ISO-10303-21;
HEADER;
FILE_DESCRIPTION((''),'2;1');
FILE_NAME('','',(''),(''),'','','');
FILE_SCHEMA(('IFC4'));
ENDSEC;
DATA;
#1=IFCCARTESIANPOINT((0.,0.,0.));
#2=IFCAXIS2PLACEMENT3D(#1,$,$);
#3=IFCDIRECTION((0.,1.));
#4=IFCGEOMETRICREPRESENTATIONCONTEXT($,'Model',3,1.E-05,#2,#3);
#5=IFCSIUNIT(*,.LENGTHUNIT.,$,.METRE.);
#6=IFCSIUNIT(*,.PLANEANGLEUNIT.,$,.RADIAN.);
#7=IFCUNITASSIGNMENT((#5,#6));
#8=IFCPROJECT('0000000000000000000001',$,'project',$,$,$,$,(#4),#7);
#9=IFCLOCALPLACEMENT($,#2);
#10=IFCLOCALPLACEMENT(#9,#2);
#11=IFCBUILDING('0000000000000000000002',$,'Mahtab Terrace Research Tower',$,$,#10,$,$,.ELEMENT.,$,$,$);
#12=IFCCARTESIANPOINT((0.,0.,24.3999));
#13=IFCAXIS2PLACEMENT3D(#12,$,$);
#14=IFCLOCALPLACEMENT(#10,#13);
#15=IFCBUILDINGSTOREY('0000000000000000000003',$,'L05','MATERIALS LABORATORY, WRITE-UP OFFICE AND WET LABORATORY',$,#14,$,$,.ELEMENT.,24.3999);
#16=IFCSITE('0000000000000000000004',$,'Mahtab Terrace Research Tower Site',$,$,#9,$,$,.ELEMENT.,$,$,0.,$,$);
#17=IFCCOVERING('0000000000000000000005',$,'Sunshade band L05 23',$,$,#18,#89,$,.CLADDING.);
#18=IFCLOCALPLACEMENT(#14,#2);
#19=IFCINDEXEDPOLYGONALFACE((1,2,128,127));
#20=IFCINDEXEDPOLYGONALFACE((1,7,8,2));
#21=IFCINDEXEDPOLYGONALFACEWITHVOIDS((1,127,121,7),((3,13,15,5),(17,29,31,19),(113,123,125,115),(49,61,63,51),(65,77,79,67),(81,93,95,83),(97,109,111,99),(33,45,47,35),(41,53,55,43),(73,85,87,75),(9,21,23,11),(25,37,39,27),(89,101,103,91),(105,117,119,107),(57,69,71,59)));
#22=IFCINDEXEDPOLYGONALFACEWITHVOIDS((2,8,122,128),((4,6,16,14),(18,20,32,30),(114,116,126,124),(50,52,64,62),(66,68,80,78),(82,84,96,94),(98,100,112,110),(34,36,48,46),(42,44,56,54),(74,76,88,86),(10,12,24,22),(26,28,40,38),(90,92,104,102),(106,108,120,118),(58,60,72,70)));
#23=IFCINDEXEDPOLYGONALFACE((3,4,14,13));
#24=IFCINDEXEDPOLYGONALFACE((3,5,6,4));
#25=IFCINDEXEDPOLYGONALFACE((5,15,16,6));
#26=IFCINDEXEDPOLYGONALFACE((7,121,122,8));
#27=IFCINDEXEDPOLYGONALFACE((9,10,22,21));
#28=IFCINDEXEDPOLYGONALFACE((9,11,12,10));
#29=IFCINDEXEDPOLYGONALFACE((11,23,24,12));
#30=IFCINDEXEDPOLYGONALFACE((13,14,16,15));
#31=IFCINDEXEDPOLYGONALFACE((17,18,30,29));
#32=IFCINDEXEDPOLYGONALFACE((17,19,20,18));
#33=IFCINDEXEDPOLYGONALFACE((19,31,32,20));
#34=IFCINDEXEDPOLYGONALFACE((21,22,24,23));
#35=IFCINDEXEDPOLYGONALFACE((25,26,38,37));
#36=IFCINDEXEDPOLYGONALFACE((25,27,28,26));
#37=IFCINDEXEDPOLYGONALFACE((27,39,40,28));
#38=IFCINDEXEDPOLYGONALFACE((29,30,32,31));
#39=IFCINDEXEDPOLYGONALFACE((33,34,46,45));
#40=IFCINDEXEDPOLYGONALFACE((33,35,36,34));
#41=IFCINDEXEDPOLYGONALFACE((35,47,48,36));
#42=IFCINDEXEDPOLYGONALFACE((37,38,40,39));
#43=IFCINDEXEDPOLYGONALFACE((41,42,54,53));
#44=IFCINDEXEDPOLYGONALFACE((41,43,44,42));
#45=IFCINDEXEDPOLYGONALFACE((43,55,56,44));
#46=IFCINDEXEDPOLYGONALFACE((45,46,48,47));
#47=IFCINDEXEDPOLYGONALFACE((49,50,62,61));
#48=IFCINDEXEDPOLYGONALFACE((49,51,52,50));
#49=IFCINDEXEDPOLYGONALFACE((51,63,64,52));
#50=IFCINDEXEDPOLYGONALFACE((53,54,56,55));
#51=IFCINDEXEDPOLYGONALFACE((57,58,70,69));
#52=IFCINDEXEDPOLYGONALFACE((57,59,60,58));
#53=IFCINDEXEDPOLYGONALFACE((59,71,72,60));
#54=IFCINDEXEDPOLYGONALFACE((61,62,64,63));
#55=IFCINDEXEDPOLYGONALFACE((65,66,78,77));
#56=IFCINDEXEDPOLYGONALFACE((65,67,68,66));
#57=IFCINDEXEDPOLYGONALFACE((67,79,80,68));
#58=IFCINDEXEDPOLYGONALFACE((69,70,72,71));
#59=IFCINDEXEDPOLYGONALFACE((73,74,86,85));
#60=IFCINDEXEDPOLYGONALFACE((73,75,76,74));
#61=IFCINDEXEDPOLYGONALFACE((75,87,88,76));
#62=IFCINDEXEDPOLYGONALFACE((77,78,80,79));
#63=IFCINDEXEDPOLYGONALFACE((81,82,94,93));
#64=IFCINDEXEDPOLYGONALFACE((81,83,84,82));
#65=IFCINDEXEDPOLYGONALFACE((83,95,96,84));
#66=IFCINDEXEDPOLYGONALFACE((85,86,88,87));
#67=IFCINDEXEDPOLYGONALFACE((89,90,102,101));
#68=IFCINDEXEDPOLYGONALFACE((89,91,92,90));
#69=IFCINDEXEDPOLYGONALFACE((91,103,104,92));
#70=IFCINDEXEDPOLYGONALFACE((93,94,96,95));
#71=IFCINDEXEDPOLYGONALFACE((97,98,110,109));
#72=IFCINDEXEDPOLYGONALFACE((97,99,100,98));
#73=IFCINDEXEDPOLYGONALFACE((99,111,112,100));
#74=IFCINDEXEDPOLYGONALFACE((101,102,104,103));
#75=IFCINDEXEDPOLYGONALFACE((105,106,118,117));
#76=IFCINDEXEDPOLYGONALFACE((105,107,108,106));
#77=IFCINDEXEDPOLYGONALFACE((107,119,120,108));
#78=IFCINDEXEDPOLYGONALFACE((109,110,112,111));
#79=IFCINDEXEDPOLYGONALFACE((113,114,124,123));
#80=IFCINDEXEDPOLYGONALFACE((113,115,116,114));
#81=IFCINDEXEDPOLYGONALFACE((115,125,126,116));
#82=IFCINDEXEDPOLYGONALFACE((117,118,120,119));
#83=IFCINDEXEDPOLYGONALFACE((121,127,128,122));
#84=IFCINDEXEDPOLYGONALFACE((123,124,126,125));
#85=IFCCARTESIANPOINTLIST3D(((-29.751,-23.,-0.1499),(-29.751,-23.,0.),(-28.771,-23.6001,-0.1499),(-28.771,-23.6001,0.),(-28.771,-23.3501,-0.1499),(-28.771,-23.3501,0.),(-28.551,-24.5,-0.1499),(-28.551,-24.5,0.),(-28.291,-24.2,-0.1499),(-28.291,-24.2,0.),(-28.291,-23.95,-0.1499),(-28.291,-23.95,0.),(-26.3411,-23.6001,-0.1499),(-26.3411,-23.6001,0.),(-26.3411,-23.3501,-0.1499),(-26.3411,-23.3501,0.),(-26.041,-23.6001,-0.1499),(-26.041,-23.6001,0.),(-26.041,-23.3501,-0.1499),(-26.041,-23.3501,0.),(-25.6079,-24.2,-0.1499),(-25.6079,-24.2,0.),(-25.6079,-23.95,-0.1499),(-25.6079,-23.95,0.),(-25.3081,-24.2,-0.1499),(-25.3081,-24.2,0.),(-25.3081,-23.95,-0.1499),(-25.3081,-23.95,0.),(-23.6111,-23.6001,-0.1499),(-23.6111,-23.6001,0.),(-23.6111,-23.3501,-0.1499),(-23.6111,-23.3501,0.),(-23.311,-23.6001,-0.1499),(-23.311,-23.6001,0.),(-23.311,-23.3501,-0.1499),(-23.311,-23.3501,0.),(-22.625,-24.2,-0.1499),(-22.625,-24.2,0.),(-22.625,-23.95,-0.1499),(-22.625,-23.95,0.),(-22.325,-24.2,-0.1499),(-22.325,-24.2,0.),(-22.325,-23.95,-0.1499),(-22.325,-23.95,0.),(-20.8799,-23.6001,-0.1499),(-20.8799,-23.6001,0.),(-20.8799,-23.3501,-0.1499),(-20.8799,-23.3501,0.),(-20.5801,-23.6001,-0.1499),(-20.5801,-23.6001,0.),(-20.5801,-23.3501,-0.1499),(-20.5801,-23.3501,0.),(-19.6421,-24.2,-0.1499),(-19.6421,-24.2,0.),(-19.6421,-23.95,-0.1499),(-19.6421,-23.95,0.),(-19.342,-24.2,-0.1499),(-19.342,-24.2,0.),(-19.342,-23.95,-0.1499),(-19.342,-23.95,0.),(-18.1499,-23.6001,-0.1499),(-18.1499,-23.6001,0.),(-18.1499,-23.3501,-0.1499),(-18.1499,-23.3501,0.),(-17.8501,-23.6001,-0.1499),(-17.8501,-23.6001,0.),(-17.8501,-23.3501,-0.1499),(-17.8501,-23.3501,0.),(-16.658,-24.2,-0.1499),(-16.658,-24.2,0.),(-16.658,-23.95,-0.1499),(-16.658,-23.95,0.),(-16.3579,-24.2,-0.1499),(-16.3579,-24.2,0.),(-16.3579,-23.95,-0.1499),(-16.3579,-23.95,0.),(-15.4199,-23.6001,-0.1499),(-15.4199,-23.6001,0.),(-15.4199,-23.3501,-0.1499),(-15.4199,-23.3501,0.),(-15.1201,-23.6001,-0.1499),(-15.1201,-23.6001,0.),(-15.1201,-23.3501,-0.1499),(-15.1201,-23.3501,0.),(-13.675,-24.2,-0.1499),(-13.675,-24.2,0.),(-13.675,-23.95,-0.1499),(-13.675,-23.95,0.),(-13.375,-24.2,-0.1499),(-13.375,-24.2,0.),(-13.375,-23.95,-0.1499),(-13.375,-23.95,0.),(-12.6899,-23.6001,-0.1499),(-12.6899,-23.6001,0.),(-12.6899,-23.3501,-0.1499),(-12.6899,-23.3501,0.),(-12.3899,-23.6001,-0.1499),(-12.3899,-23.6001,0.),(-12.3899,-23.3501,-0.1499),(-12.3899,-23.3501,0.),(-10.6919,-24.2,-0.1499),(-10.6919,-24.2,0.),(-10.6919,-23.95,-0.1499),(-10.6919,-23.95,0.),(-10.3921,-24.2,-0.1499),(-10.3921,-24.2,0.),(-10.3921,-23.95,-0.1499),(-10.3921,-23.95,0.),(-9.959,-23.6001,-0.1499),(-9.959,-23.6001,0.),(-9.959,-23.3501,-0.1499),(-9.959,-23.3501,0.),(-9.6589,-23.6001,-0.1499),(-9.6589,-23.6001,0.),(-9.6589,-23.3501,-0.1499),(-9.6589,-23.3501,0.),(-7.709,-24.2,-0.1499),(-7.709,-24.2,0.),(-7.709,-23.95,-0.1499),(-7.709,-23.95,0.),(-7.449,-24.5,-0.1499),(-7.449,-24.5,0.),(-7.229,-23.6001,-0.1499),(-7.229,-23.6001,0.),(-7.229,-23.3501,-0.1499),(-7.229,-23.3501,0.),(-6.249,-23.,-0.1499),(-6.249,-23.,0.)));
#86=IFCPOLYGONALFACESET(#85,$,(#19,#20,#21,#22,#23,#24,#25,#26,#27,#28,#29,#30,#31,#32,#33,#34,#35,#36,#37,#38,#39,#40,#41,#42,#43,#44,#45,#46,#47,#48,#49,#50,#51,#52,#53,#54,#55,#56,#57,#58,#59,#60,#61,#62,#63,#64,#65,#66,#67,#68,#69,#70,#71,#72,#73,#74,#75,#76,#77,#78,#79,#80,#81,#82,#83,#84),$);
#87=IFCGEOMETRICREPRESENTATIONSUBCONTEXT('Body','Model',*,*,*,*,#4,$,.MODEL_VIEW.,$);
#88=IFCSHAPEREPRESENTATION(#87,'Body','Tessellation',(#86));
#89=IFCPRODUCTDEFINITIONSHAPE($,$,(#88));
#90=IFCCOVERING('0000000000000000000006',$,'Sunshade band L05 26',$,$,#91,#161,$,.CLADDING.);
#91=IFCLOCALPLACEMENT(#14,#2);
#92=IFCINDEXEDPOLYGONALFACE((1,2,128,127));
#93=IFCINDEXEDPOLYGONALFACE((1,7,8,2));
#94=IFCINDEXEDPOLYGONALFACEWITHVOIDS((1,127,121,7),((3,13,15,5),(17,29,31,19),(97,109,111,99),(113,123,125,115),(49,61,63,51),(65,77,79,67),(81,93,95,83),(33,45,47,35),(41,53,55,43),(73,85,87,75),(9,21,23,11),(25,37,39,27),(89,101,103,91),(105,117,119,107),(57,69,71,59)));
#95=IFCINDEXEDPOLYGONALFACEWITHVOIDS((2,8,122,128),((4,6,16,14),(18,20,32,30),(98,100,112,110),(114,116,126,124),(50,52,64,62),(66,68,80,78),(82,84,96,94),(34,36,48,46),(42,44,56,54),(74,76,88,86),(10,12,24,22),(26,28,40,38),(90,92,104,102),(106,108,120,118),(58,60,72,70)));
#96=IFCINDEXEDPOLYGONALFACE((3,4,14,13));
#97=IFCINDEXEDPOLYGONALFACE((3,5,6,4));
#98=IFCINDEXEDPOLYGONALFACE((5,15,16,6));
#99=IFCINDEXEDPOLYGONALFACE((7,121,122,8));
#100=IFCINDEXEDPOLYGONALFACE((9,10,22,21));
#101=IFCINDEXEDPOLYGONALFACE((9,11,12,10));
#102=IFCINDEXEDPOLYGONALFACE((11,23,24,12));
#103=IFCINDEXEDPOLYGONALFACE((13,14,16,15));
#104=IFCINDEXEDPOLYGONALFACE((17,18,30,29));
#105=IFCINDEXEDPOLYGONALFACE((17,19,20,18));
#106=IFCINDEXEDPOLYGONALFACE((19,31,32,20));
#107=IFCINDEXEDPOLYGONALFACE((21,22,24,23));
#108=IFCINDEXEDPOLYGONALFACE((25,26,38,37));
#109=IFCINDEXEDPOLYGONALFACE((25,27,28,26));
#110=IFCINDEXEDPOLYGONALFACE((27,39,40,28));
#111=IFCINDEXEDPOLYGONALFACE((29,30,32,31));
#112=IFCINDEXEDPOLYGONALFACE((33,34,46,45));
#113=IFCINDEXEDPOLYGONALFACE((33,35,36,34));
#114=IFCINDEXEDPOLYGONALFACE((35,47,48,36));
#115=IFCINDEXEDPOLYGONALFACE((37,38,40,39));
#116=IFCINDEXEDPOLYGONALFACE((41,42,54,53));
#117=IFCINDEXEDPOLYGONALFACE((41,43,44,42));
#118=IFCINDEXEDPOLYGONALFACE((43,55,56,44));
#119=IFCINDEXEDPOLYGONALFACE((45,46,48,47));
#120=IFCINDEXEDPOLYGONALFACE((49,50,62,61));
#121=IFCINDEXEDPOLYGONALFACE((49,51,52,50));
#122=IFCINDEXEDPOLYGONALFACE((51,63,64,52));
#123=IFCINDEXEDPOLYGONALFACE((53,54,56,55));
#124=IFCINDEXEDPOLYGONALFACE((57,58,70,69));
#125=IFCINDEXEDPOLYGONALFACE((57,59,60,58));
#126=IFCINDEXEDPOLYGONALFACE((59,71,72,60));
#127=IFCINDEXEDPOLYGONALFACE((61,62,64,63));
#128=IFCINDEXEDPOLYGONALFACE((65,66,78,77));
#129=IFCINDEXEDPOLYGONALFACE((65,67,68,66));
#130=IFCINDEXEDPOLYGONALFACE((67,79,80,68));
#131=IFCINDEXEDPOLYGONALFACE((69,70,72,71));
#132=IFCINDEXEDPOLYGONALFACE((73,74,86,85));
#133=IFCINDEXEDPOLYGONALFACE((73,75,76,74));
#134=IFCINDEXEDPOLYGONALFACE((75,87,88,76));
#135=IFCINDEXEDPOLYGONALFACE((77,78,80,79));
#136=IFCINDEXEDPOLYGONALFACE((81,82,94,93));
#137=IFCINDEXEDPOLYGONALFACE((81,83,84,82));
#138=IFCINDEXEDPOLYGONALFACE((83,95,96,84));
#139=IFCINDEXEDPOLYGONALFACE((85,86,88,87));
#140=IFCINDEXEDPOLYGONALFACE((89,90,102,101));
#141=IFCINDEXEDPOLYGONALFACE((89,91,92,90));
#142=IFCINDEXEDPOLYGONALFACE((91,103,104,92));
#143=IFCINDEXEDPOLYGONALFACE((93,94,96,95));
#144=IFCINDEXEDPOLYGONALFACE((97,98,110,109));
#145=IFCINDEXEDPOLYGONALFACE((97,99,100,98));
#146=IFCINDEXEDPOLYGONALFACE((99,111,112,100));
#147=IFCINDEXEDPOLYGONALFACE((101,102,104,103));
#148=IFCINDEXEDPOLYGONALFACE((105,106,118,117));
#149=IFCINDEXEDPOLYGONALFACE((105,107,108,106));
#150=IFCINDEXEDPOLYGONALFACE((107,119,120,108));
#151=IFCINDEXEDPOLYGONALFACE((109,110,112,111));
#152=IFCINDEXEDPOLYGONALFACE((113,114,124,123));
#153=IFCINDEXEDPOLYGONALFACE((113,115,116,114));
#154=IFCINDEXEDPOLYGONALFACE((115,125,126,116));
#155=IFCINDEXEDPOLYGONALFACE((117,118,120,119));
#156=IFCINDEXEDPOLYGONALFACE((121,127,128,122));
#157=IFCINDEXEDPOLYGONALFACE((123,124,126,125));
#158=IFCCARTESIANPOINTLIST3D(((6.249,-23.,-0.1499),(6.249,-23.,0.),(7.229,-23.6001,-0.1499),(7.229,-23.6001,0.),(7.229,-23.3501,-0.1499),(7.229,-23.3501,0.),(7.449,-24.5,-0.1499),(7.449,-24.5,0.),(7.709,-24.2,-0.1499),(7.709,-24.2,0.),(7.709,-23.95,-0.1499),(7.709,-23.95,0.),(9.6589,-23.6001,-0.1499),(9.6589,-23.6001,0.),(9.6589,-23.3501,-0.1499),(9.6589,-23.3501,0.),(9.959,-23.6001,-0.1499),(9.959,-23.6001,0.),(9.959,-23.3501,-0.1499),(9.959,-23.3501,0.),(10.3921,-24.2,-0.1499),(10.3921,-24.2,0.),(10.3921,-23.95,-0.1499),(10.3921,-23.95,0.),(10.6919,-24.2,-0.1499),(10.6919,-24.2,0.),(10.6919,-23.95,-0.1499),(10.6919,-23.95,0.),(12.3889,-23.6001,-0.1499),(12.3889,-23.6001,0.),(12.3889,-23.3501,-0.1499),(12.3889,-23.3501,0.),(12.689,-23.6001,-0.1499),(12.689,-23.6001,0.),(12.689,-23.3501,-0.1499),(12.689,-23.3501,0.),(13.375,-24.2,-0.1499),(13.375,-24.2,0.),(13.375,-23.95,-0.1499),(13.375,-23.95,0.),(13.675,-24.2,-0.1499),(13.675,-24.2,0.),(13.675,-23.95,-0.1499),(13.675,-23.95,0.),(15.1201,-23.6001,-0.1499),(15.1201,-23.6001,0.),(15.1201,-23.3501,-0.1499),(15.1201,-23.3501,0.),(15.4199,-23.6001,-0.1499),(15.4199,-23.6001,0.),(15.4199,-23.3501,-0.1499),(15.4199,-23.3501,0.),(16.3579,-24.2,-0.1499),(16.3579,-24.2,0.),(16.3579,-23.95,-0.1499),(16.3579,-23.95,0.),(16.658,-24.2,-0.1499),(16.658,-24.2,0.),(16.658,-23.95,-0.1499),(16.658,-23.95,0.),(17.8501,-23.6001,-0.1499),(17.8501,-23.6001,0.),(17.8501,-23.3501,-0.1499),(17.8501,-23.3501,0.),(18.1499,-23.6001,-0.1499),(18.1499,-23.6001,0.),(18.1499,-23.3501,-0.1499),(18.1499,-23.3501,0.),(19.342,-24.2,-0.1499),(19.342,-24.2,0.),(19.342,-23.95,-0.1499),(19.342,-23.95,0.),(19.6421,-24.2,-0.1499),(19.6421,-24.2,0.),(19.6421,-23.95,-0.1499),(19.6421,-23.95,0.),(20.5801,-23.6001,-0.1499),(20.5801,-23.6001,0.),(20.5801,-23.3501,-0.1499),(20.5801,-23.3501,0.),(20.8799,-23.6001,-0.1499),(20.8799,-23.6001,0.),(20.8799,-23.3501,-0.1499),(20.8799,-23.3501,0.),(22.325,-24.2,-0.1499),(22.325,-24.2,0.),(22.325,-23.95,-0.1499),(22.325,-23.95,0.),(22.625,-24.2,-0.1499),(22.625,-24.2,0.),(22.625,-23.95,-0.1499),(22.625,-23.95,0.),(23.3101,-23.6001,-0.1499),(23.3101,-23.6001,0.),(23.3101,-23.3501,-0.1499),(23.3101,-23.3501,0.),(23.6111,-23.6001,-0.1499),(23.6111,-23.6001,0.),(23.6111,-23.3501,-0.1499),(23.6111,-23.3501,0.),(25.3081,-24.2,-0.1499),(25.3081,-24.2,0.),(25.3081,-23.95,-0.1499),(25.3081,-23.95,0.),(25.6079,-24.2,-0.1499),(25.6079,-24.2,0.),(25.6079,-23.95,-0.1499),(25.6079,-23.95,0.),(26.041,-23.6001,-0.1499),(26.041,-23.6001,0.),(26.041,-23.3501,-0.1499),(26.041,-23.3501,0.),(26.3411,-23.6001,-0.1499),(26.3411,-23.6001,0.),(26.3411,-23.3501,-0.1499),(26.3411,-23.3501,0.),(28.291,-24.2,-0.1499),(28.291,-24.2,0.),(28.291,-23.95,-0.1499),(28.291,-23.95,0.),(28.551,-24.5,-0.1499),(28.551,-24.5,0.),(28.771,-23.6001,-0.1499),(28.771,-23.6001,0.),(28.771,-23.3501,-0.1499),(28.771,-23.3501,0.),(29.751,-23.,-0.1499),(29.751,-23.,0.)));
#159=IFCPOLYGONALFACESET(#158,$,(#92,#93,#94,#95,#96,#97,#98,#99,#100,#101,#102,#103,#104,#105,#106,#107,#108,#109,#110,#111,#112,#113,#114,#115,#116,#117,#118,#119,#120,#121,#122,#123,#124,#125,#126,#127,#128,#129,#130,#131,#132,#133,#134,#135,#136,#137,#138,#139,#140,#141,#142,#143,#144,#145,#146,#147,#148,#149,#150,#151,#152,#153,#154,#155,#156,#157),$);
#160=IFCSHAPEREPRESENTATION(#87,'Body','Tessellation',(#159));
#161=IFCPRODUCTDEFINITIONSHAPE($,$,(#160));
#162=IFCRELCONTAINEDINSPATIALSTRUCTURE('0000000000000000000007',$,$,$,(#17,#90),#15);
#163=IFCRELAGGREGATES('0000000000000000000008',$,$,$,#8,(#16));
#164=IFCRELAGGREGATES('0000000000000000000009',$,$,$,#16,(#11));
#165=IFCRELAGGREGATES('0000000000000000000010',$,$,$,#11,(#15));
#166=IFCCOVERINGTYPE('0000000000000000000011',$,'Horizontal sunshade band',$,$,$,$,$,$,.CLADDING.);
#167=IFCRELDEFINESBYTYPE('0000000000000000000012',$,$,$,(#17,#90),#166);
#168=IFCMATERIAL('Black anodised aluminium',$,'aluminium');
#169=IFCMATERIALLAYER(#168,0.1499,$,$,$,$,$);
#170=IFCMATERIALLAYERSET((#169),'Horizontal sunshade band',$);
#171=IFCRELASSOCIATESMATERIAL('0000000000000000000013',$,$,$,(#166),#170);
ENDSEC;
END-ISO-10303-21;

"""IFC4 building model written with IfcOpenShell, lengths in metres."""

from ifc_helpers import new_model, si_unit, direction, frame, origin, place, context, subcontext, project, spatial, polyline, outline, extrude, material, layer, layer_set, type_object, element, save


model = new_model("IFC4")

# Units and contexts
model_context = context("Model", 3, precision=1e-05, world=origin(), true_north=direction((0.0, 1.0)))
body_context = subcontext(model_context, "Body", "Model", "MODEL_VIEW")
ifc_project = project(units=[si_unit("LENGTHUNIT", "METRE"), si_unit("PLANEANGLEUNIT", "RADIAN")], contexts=[model_context])

# Site, building, storey
site_placement = place(None, origin())
site = spatial("IfcSite", under=ifc_project, at=site_placement, Name="Mahtab Terrace Research Tower Site", CompositionType="ELEMENT", RefElevation=0.0)
building_placement = place(site_placement, origin())
building = spatial("IfcBuilding", under=site, at=building_placement, Name="Mahtab Terrace Research Tower", CompositionType="ELEMENT")
storey_placement = place(building_placement, frame((0.0, 0.0, 24.3999)))
storey = spatial("IfcBuildingStorey", under=building, at=storey_placement, Name="L05", Description="MATERIALS LABORATORY, WRITE-UP OFFICE AND WET LABORATORY", CompositionType="ELEMENT", Elevation=24.3999)

# Coverings
ifc_material_1 = material(Name="Black anodised aluminium", Category="aluminium")
ifc_layer_1 = layer(ifc_material_1, 0.1499)
ifc_layer_set_1 = layer_set([ifc_layer_1], Name="Horizontal sunshade band")
covering_type = type_object("IfcCoveringType", Name="Horizontal sunshade band", PredefinedType="CLADDING", material=ifc_layer_set_1)
covering_1_placement = place(storey_placement, frame((0.0, 0.0, -0.1499)))
element("IfcCovering", 1, at=covering_1_placement, inside=storey, type_object=covering_type, Name="Sunshade band L05 23", PredefinedType="CLADDING", context=body_context, shape_type="SweptSolid", body=[
    extrude(outline(polyline([(-29.751, -23.0), (-6.249, -23.0), (-7.449, -24.5), (-28.551, -24.5), (-29.751, -23.0)]), holes=[polyline([(-28.771, -23.3501), (-26.3411, -23.3501), (-26.3411, -23.6001), (-28.771, -23.6001), (-28.771, -23.3501)]), polyline([(-26.041, -23.3501), (-23.6111, -23.3501), (-23.6111, -23.6001), (-26.041, -23.6001), (-26.041, -23.3501)]), polyline([(-23.311, -23.3501), (-20.8799, -23.3501), (-20.8799, -23.6001), (-23.311, -23.6001), (-23.311, -23.3501)]), polyline([(-20.5801, -23.3501), (-18.1499, -23.3501), (-18.1499, -23.6001), (-20.5801, -23.6001), (-20.5801, -23.3501)]), polyline([(-17.8501, -23.3501), (-15.4199, -23.3501), (-15.4199, -23.6001), (-17.8501, -23.6001), (-17.8501, -23.3501)]), polyline([(-15.1201, -23.3501), (-12.6899, -23.3501), (-12.6899, -23.6001), (-15.1201, -23.6001), (-15.1201, -23.3501)]), polyline([(-12.3899, -23.3501), (-9.959, -23.3501), (-9.959, -23.6001), (-12.3899, -23.6001), (-12.3899, -23.3501)]), polyline([(-9.6589, -23.3501), (-7.229, -23.3501), (-7.229, -23.6001), (-9.6589, -23.6001), (-9.6589, -23.3501)]), polyline([(-28.291, -23.95), (-25.6079, -23.95), (-25.6079, -24.2), (-28.291, -24.2), (-28.291, -23.95)]), polyline([(-25.3081, -23.95), (-22.625, -23.95), (-22.625, -24.2), (-25.3081, -24.2), (-25.3081, -23.95)]), polyline([(-22.325, -23.95), (-19.6421, -23.95), (-19.6421, -24.2), (-22.325, -24.2), (-22.325, -23.95)]), polyline([(-19.342, -23.95), (-16.658, -23.95), (-16.658, -24.2), (-19.342, -24.2), (-19.342, -23.95)]), polyline([(-16.3579, -23.95), (-13.675, -23.95), (-13.675, -24.2), (-16.3579, -24.2), (-16.3579, -23.95)]), polyline([(-13.375, -23.95), (-10.6919, -23.95), (-10.6919, -24.2), (-13.375, -24.2), (-13.375, -23.95)]), polyline([(-10.3921, -23.95), (-7.709, -23.95), (-7.709, -24.2), (-10.3921, -24.2), (-10.3921, -23.95)])]), origin(), (0.0, 0.0, 1.0), 0.1499),
])
covering_2_placement = place(storey_placement, frame((0.0, 0.0, -0.1499)))
element("IfcCovering", 2, at=covering_2_placement, inside=storey, type_object=covering_type, Name="Sunshade band L05 26", PredefinedType="CLADDING", context=body_context, shape_type="SweptSolid", body=[
    extrude(outline(polyline([(6.249, -23.0), (29.751, -23.0), (28.551, -24.5), (7.449, -24.5), (6.249, -23.0)]), holes=[polyline([(7.229, -23.3501), (9.6589, -23.3501), (9.6589, -23.6001), (7.229, -23.6001), (7.229, -23.3501)]), polyline([(9.959, -23.3501), (12.3889, -23.3501), (12.3889, -23.6001), (9.959, -23.6001), (9.959, -23.3501)]), polyline([(12.689, -23.3501), (15.1201, -23.3501), (15.1201, -23.6001), (12.689, -23.6001), (12.689, -23.3501)]), polyline([(15.4199, -23.3501), (17.8501, -23.3501), (17.8501, -23.6001), (15.4199, -23.6001), (15.4199, -23.3501)]), polyline([(18.1499, -23.3501), (20.5801, -23.3501), (20.5801, -23.6001), (18.1499, -23.6001), (18.1499, -23.3501)]), polyline([(20.8799, -23.3501), (23.3101, -23.3501), (23.3101, -23.6001), (20.8799, -23.6001), (20.8799, -23.3501)]), polyline([(23.6111, -23.3501), (26.041, -23.3501), (26.041, -23.6001), (23.6111, -23.6001), (23.6111, -23.3501)]), polyline([(26.3411, -23.3501), (28.771, -23.3501), (28.771, -23.6001), (26.3411, -23.6001), (26.3411, -23.3501)]), polyline([(7.709, -23.95), (10.3921, -23.95), (10.3921, -24.2), (7.709, -24.2), (7.709, -23.95)]), polyline([(10.6919, -23.95), (13.375, -23.95), (13.375, -24.2), (10.6919, -24.2), (10.6919, -23.95)]), polyline([(13.675, -23.95), (16.3579, -23.95), (16.3579, -24.2), (13.675, -24.2), (13.675, -23.95)]), polyline([(16.658, -23.95), (19.342, -23.95), (19.342, -24.2), (16.658, -24.2), (16.658, -23.95)]), polyline([(19.6421, -23.95), (22.325, -23.95), (22.325, -24.2), (19.6421, -24.2), (19.6421, -23.95)]), polyline([(22.625, -23.95), (25.3081, -23.95), (25.3081, -24.2), (22.625, -24.2), (22.625, -23.95)]), polyline([(25.6079, -23.95), (28.291, -23.95), (28.291, -24.2), (25.6079, -24.2), (25.6079, -23.95)])]), origin(), (0.0, 0.0, 1.0), 0.1499),
])

save(model, "model.ifc")
